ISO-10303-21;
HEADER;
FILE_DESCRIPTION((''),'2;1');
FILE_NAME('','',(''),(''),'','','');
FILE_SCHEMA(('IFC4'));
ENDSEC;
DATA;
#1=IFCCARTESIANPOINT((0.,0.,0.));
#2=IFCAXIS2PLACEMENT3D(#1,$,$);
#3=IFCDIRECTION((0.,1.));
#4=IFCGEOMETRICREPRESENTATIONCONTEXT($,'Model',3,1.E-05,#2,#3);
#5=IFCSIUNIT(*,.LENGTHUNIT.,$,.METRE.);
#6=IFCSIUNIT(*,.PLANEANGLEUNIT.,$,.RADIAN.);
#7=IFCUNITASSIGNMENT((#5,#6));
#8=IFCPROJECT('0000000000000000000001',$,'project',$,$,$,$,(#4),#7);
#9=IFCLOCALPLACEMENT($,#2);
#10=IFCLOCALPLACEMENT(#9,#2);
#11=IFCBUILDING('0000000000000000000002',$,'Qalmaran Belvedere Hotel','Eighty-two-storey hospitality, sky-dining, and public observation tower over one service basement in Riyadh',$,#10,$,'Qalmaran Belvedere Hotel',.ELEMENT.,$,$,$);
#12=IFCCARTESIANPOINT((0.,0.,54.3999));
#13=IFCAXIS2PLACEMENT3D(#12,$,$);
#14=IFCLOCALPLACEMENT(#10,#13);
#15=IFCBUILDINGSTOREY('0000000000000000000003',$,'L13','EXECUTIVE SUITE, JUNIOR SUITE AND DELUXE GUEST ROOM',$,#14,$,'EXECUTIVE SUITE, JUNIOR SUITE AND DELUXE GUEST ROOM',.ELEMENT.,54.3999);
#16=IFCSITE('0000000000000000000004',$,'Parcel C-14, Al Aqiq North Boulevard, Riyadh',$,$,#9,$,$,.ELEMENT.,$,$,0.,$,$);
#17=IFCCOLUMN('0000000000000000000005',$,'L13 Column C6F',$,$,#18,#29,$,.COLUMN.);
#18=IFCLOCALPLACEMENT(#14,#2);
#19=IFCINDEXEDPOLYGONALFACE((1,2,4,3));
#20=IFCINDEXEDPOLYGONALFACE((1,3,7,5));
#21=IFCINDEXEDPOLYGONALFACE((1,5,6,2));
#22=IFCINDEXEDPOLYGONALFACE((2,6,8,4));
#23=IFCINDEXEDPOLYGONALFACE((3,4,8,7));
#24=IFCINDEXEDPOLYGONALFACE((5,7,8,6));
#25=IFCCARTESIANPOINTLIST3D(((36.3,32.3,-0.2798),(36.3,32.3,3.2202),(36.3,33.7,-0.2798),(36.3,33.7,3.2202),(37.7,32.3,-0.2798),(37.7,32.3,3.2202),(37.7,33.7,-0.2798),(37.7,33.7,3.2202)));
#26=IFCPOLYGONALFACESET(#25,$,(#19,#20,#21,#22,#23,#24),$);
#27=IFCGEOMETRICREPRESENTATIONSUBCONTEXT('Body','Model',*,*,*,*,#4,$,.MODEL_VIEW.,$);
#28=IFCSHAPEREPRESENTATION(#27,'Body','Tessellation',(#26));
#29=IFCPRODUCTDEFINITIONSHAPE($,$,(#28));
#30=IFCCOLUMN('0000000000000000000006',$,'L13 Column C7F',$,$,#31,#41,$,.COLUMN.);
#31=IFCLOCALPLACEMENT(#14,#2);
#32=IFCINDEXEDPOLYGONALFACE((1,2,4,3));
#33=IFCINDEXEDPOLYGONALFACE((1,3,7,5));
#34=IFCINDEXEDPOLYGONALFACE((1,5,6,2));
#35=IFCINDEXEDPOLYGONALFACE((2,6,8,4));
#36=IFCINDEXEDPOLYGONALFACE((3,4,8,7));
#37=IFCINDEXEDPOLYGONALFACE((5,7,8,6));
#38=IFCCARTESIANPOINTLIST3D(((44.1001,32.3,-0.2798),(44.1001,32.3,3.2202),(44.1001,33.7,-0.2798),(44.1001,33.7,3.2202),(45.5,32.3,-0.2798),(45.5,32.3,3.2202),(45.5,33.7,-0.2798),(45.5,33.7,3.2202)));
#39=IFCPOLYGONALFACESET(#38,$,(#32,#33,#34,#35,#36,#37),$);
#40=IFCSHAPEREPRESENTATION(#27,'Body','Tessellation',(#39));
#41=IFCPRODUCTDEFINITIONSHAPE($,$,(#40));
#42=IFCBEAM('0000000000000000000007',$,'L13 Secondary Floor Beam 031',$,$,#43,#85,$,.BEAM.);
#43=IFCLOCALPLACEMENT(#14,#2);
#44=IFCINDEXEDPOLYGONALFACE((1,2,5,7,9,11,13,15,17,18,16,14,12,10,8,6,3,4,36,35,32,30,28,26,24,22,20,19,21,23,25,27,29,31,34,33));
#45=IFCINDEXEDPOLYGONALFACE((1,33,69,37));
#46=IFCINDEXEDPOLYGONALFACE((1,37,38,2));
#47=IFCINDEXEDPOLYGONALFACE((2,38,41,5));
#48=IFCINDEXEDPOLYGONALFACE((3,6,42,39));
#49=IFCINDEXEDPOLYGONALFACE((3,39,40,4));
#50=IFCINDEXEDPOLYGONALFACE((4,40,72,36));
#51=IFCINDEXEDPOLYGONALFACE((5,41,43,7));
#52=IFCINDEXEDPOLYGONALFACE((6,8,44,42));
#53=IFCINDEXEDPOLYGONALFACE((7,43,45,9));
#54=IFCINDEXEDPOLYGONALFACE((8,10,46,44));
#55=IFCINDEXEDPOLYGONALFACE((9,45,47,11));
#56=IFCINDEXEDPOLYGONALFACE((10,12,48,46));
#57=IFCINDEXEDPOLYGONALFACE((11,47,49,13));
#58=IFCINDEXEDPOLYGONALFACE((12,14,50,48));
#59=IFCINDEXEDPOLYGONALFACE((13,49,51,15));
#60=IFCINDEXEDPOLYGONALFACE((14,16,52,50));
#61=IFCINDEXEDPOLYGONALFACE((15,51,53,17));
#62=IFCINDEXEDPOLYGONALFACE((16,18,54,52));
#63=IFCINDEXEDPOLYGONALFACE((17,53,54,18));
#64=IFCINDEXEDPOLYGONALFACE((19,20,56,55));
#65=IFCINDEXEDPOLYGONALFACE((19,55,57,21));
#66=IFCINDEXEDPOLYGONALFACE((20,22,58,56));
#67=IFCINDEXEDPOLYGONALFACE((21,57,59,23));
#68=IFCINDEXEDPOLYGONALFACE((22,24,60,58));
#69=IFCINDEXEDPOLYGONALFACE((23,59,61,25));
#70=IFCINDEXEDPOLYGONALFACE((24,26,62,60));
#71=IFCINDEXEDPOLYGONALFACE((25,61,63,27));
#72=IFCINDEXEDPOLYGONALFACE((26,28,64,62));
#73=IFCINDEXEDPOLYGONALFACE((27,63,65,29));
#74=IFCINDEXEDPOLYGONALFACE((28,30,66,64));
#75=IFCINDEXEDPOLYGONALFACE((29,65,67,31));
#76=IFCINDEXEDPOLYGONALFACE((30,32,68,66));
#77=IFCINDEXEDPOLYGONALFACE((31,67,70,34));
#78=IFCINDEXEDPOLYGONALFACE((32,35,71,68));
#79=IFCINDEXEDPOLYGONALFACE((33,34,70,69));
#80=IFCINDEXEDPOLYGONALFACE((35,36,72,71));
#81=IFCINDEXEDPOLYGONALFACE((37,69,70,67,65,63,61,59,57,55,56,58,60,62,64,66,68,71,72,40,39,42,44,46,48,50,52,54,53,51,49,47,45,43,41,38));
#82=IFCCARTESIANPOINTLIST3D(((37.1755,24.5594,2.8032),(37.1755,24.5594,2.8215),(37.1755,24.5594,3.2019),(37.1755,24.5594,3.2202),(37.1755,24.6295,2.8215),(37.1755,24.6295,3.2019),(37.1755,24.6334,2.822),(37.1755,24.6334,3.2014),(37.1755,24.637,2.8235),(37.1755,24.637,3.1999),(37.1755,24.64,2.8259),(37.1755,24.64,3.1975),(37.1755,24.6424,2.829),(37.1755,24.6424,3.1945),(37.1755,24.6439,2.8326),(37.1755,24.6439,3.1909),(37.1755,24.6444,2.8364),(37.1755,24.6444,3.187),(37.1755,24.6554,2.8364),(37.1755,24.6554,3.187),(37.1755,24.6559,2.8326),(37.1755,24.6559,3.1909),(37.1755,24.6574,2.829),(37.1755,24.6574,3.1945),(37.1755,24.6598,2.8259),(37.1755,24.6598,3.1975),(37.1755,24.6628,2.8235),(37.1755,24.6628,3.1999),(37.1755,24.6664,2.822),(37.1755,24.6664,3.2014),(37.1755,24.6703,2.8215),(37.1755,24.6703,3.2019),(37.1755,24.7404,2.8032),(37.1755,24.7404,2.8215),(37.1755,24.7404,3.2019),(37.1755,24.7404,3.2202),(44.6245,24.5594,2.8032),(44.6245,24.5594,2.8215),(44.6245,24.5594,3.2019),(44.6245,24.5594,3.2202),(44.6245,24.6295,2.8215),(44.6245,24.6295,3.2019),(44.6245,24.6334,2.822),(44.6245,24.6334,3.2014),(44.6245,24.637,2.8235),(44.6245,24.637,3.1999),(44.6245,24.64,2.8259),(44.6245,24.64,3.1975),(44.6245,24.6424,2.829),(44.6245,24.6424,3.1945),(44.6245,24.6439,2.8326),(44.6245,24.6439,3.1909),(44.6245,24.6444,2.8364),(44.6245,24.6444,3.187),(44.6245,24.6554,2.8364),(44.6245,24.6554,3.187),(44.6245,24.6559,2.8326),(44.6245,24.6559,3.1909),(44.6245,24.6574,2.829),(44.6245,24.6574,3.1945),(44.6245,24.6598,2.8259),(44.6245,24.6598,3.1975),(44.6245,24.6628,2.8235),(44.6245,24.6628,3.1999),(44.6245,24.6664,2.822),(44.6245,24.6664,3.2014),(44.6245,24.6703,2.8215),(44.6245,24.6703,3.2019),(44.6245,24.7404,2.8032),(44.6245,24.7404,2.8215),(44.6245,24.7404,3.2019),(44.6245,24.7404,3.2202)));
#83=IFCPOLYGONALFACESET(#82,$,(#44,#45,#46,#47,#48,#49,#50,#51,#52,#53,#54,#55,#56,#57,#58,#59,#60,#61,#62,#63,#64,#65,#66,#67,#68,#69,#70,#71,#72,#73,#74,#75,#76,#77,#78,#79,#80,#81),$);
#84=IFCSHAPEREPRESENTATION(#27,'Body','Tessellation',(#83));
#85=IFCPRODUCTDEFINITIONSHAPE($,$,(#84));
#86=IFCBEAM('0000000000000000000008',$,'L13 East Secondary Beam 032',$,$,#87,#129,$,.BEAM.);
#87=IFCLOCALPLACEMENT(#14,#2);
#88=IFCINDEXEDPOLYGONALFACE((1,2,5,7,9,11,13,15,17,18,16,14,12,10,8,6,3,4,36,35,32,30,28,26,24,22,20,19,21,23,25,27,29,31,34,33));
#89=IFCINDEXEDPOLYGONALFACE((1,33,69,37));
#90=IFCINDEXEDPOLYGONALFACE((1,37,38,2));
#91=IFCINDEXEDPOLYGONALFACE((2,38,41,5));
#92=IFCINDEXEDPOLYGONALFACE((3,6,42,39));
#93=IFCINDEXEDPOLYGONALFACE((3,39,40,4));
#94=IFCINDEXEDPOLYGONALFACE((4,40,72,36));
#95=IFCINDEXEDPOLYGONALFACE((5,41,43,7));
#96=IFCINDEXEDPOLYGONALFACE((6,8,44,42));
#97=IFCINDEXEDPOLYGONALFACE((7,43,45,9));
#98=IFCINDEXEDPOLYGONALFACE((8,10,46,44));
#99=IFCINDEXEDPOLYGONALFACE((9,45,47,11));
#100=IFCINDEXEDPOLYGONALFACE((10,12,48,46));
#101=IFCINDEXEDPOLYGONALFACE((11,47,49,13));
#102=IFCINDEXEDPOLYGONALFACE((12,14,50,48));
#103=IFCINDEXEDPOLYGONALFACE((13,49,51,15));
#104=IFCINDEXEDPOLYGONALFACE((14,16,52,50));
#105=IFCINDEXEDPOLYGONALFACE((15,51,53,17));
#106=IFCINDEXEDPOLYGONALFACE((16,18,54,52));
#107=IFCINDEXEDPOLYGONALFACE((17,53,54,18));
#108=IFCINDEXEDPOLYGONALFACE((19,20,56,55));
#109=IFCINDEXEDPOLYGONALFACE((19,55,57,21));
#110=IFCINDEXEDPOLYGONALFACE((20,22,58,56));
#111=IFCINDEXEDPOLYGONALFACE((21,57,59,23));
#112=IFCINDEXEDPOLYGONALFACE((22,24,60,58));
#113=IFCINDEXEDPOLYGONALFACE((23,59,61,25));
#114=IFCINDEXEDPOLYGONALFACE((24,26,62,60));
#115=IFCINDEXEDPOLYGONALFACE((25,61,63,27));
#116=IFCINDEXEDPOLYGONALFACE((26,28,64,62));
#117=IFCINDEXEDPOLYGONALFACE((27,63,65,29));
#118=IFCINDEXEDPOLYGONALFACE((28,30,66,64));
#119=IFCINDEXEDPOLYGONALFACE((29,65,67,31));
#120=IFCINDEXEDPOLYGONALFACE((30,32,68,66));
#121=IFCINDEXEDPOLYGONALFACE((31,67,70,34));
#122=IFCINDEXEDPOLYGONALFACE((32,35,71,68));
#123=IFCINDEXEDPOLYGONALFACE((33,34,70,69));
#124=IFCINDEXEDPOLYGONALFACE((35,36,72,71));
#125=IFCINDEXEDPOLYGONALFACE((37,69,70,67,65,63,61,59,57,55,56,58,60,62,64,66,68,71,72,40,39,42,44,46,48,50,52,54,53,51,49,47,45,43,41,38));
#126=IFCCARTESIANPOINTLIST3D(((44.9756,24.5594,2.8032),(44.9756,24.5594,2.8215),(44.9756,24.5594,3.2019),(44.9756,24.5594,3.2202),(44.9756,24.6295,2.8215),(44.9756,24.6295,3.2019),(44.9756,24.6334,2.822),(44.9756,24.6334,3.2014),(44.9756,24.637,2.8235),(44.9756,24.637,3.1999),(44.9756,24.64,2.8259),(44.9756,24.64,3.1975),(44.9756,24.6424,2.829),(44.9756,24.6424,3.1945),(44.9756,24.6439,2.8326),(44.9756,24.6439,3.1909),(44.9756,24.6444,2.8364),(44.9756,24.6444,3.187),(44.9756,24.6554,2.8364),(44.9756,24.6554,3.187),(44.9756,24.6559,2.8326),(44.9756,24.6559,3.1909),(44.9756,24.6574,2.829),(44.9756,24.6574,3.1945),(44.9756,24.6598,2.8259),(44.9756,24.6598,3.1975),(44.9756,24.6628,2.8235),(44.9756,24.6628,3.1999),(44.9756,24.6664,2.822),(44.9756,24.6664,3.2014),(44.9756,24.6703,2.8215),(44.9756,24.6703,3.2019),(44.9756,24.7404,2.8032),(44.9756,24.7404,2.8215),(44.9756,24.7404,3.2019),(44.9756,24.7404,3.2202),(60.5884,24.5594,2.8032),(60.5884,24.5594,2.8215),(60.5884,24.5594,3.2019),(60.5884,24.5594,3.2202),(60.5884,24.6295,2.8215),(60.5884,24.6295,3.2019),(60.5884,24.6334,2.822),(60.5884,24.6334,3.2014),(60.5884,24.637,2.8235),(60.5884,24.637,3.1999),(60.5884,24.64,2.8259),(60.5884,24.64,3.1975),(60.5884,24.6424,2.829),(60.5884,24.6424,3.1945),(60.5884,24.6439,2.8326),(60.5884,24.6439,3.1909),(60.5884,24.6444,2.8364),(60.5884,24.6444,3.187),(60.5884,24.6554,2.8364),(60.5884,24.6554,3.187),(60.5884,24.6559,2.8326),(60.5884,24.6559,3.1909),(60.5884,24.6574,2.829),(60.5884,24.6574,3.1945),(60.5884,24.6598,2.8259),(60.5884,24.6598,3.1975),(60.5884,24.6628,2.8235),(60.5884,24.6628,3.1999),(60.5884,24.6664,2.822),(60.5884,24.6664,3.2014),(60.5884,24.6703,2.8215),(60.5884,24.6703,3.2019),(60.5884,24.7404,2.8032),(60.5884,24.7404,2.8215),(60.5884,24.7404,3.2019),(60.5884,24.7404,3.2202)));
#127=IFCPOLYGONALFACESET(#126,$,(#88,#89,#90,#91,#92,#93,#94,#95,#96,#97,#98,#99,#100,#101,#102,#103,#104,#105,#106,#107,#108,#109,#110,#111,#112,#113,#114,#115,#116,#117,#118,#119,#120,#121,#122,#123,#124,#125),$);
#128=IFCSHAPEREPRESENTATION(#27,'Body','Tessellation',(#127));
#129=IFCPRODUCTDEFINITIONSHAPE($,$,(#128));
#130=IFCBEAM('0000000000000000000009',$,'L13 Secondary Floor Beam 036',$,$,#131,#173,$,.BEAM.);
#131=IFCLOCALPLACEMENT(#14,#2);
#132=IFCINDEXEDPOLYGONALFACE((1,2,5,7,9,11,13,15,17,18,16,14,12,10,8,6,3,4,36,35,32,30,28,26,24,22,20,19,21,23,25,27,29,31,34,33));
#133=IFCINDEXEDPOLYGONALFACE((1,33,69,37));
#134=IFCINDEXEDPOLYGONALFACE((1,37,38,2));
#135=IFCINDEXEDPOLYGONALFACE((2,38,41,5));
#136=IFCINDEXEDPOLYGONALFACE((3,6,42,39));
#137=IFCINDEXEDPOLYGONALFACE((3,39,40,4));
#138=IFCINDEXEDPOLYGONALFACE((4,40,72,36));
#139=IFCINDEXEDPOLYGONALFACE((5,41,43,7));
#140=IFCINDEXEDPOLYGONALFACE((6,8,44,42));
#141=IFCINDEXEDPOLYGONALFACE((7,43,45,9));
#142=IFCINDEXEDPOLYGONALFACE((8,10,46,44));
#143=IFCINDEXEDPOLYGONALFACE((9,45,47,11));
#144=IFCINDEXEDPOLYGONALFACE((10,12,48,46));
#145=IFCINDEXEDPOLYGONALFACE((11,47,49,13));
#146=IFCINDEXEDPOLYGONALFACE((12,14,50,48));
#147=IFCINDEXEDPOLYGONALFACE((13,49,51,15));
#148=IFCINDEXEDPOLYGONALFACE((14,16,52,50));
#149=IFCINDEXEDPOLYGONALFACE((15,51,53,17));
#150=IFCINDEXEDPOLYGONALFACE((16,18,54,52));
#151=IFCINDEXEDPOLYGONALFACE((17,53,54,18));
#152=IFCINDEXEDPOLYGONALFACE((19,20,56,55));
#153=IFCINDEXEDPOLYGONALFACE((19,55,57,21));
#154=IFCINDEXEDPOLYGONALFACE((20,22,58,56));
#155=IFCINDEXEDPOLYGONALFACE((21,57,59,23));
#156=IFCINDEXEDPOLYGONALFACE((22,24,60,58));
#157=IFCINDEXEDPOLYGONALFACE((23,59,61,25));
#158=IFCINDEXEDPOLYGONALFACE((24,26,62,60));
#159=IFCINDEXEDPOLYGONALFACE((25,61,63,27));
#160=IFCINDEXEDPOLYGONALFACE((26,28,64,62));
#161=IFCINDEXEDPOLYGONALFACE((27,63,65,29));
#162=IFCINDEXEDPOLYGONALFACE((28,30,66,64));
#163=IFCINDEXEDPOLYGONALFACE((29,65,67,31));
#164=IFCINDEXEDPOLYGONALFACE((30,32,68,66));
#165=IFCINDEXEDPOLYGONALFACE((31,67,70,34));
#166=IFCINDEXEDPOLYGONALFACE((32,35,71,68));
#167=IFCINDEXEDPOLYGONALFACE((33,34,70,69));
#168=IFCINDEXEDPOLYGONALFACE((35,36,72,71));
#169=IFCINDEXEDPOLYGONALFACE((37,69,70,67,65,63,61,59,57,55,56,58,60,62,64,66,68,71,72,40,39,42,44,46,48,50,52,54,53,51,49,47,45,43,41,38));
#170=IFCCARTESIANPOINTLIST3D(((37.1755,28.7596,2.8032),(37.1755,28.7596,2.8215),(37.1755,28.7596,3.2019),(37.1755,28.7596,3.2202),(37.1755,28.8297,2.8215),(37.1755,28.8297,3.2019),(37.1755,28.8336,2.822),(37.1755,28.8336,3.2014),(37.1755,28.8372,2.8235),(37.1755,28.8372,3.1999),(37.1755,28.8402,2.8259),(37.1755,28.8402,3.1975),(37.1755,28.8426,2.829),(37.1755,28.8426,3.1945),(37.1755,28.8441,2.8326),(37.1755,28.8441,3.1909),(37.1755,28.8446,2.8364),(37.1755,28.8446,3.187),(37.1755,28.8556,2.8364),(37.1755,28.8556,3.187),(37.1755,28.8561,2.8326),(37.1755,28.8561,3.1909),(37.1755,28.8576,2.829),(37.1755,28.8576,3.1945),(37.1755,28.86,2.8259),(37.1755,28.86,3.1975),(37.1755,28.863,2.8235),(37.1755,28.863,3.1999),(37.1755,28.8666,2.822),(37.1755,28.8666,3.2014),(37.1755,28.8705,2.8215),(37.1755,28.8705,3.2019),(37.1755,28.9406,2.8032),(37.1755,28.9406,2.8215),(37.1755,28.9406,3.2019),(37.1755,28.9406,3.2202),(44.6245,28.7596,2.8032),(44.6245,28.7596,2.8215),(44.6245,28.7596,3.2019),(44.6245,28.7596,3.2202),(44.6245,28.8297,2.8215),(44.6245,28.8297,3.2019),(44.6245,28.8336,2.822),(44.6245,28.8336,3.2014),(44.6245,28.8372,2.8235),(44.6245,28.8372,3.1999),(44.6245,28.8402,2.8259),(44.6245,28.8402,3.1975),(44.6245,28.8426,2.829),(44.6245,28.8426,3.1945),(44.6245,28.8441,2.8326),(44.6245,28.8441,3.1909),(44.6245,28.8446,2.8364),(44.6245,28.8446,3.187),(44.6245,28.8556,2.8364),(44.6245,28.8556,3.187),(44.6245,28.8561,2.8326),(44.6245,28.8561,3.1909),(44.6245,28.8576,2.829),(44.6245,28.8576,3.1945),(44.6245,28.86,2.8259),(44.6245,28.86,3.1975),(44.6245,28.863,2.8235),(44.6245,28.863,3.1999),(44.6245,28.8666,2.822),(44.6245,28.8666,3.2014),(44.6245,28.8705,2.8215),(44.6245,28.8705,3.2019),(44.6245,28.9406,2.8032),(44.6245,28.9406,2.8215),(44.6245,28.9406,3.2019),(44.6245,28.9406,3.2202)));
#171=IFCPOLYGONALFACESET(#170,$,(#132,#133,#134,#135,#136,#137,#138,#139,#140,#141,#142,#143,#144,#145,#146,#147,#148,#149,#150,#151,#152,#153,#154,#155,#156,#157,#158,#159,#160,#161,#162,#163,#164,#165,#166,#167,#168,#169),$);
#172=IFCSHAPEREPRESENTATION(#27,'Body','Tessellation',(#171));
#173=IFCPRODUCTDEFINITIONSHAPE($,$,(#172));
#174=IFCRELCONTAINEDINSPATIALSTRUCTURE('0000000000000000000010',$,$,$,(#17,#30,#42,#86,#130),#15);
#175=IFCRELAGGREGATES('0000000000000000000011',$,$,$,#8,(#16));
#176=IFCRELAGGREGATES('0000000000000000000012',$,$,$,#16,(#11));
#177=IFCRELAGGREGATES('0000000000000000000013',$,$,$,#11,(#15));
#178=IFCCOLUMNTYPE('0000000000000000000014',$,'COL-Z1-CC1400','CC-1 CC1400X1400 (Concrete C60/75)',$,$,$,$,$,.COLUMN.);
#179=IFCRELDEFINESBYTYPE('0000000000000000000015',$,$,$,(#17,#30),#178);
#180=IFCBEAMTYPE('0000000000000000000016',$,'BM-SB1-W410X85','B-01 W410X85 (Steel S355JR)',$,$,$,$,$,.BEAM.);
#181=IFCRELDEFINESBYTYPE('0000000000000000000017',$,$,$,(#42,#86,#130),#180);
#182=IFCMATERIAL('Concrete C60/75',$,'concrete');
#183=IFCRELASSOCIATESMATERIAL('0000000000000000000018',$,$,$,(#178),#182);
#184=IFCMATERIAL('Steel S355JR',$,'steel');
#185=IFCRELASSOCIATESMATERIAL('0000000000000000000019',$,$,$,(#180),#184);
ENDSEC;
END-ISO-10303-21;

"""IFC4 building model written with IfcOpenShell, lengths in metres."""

from ifc_helpers import new_model, si_unit, direction, frame, origin, origin_2d, place, context, subcontext, project, spatial, rectangle, i_section, extrude, material, material_profile, profile_set, type_object, element, save


model = new_model("IFC4")

# Units and contexts
model_context = context("Model", 3, precision=1e-05, world=origin(), true_north=direction((0.0, 1.0)))
body_context = subcontext(model_context, "Body", "Model", "MODEL_VIEW")
ifc_project = project(units=[si_unit("LENGTHUNIT", "METRE"), si_unit("PLANEANGLEUNIT", "RADIAN")], contexts=[model_context])

# Site, building, storey
site_placement = place(None, origin())
site = spatial("IfcSite", under=ifc_project, at=site_placement, Name="Parcel C-14, Al Aqiq North Boulevard, Riyadh", CompositionType="ELEMENT", RefElevation=0.0)
building_placement = place(site_placement, origin())
building = spatial("IfcBuilding", under=site, at=building_placement, Name="Qalmaran Belvedere Hotel", Description="Eighty-two-storey hospitality, sky-dining, and public observation tower over one service basement in Riyadh", LongName="Qalmaran Belvedere Hotel", CompositionType="ELEMENT")
storey_placement = place(building_placement, frame((0.0, 0.0, 54.3999)))
storey = spatial("IfcBuildingStorey", under=building, at=storey_placement, Name="L13", Description="EXECUTIVE SUITE, JUNIOR SUITE AND DELUXE GUEST ROOM", LongName="EXECUTIVE SUITE, JUNIOR SUITE AND DELUXE GUEST ROOM", CompositionType="ELEMENT", Elevation=54.3999)

# Columns
ifc_material_1 = material(Name="Concrete C60/75", Category="concrete")
ifc_material_profile_1 = material_profile(ifc_material_1, rectangle(XDim=1.3999, YDim=1.3999, at=origin_2d()), Name="CC1400X1400")
ifc_profile_set_1 = profile_set([ifc_material_profile_1], Name="Concrete C60/75")
column_type = type_object("IfcColumnType", Name="COL-Z1-CC1400", Description="CC-1 CC1400X1400 (Concrete C60/75)", PredefinedType="COLUMN", material=ifc_profile_set_1)
for number, where, z_axis, x_axis, name in (
    (1, (37.0, 33.0, -0.2798), (0.0, 0.0, 1.0), (1.0, 0.0, 0.0), "L13 Column C6F"),
    (2, (44.8, 33.0, -0.2798), (0.0, 0.0, 1.0), (1.0, 0.0, 0.0), "L13 Column C7F"),
):
    element("IfcColumn", number, at=place(storey_placement, frame(where, z_axis=z_axis, x_axis=x_axis)), inside=storey, type_object=column_type, Name=name, PredefinedType="COLUMN", context=body_context, shape_type="SweptSolid", body=[
        extrude(rectangle(XDim=1.3999, YDim=1.3999, at=origin_2d()), origin(), (0.0, 0.0, 1.0), 3.5),
    ])

# Beams
ifc_material_2 = material(Name="Steel S355JR", Category="steel")
ifc_material_profile_2 = material_profile(ifc_material_2, i_section(OverallWidth=0.1809, OverallDepth=0.417, WebThickness=0.011, FlangeThickness=0.0183, FilletRadius=0.0149, at=origin_2d()), Name="W410X85")
ifc_profile_set_2 = profile_set([ifc_material_profile_2], Name="Steel S355JR")
beam_type_1 = type_object("IfcBeamType", Name="BM-SB1-W410X85", Description="B-01 W410X85 (Steel S355JR)", PredefinedType="BEAM", material=ifc_profile_set_2)
beam_1_placement = place(storey_placement, frame((37.1755, 24.6499, 3.0117), z_axis=(1.0, 0.0, 0.0), x_axis=(0.0, 1.0, 0.0)))
element("IfcBeam", 3, at=beam_1_placement, inside=storey, type_object=beam_type_1, Name="L13 Secondary Floor Beam 031", PredefinedType="BEAM", context=body_context, shape_type="SweptSolid", body=[
    extrude(i_section(OverallWidth=0.1809, OverallDepth=0.417, WebThickness=0.011, FlangeThickness=0.0183, FilletRadius=0.0149, at=origin_2d()), origin(), (0.0, 0.0, 1.0), 7.449),
])
beam_2_placement = place(storey_placement, frame((44.9756, 24.6499, 3.0117), z_axis=(1.0, 0.0, 0.0), x_axis=(0.0, 1.0, 0.0)))
element("IfcBeam", 4, at=beam_2_placement, inside=storey, type_object=beam_type_1, Name="L13 East Secondary Beam 032", PredefinedType="BEAM", context=body_context, shape_type="SweptSolid", body=[
    extrude(i_section(OverallWidth=0.1809, OverallDepth=0.417, WebThickness=0.011, FlangeThickness=0.0183, FilletRadius=0.0149, at=origin_2d()), origin(), (0.0, 0.0, 1.0), 15.6128),
])
beam_3_placement = place(storey_placement, frame((37.1755, 28.8501, 3.0117), z_axis=(1.0, 0.0, 0.0), x_axis=(0.0, 1.0, 0.0)))
element("IfcBeam", 5, at=beam_3_placement, inside=storey, type_object=beam_type_1, Name="L13 Secondary Floor Beam 036", PredefinedType="BEAM", context=body_context, shape_type="SweptSolid", body=[
    extrude(i_section(OverallWidth=0.1809, OverallDepth=0.417, WebThickness=0.011, FlangeThickness=0.0183, FilletRadius=0.0149, at=origin_2d()), origin(), (0.0, 0.0, 1.0), 7.449),
])

save(model, "model.ifc")
